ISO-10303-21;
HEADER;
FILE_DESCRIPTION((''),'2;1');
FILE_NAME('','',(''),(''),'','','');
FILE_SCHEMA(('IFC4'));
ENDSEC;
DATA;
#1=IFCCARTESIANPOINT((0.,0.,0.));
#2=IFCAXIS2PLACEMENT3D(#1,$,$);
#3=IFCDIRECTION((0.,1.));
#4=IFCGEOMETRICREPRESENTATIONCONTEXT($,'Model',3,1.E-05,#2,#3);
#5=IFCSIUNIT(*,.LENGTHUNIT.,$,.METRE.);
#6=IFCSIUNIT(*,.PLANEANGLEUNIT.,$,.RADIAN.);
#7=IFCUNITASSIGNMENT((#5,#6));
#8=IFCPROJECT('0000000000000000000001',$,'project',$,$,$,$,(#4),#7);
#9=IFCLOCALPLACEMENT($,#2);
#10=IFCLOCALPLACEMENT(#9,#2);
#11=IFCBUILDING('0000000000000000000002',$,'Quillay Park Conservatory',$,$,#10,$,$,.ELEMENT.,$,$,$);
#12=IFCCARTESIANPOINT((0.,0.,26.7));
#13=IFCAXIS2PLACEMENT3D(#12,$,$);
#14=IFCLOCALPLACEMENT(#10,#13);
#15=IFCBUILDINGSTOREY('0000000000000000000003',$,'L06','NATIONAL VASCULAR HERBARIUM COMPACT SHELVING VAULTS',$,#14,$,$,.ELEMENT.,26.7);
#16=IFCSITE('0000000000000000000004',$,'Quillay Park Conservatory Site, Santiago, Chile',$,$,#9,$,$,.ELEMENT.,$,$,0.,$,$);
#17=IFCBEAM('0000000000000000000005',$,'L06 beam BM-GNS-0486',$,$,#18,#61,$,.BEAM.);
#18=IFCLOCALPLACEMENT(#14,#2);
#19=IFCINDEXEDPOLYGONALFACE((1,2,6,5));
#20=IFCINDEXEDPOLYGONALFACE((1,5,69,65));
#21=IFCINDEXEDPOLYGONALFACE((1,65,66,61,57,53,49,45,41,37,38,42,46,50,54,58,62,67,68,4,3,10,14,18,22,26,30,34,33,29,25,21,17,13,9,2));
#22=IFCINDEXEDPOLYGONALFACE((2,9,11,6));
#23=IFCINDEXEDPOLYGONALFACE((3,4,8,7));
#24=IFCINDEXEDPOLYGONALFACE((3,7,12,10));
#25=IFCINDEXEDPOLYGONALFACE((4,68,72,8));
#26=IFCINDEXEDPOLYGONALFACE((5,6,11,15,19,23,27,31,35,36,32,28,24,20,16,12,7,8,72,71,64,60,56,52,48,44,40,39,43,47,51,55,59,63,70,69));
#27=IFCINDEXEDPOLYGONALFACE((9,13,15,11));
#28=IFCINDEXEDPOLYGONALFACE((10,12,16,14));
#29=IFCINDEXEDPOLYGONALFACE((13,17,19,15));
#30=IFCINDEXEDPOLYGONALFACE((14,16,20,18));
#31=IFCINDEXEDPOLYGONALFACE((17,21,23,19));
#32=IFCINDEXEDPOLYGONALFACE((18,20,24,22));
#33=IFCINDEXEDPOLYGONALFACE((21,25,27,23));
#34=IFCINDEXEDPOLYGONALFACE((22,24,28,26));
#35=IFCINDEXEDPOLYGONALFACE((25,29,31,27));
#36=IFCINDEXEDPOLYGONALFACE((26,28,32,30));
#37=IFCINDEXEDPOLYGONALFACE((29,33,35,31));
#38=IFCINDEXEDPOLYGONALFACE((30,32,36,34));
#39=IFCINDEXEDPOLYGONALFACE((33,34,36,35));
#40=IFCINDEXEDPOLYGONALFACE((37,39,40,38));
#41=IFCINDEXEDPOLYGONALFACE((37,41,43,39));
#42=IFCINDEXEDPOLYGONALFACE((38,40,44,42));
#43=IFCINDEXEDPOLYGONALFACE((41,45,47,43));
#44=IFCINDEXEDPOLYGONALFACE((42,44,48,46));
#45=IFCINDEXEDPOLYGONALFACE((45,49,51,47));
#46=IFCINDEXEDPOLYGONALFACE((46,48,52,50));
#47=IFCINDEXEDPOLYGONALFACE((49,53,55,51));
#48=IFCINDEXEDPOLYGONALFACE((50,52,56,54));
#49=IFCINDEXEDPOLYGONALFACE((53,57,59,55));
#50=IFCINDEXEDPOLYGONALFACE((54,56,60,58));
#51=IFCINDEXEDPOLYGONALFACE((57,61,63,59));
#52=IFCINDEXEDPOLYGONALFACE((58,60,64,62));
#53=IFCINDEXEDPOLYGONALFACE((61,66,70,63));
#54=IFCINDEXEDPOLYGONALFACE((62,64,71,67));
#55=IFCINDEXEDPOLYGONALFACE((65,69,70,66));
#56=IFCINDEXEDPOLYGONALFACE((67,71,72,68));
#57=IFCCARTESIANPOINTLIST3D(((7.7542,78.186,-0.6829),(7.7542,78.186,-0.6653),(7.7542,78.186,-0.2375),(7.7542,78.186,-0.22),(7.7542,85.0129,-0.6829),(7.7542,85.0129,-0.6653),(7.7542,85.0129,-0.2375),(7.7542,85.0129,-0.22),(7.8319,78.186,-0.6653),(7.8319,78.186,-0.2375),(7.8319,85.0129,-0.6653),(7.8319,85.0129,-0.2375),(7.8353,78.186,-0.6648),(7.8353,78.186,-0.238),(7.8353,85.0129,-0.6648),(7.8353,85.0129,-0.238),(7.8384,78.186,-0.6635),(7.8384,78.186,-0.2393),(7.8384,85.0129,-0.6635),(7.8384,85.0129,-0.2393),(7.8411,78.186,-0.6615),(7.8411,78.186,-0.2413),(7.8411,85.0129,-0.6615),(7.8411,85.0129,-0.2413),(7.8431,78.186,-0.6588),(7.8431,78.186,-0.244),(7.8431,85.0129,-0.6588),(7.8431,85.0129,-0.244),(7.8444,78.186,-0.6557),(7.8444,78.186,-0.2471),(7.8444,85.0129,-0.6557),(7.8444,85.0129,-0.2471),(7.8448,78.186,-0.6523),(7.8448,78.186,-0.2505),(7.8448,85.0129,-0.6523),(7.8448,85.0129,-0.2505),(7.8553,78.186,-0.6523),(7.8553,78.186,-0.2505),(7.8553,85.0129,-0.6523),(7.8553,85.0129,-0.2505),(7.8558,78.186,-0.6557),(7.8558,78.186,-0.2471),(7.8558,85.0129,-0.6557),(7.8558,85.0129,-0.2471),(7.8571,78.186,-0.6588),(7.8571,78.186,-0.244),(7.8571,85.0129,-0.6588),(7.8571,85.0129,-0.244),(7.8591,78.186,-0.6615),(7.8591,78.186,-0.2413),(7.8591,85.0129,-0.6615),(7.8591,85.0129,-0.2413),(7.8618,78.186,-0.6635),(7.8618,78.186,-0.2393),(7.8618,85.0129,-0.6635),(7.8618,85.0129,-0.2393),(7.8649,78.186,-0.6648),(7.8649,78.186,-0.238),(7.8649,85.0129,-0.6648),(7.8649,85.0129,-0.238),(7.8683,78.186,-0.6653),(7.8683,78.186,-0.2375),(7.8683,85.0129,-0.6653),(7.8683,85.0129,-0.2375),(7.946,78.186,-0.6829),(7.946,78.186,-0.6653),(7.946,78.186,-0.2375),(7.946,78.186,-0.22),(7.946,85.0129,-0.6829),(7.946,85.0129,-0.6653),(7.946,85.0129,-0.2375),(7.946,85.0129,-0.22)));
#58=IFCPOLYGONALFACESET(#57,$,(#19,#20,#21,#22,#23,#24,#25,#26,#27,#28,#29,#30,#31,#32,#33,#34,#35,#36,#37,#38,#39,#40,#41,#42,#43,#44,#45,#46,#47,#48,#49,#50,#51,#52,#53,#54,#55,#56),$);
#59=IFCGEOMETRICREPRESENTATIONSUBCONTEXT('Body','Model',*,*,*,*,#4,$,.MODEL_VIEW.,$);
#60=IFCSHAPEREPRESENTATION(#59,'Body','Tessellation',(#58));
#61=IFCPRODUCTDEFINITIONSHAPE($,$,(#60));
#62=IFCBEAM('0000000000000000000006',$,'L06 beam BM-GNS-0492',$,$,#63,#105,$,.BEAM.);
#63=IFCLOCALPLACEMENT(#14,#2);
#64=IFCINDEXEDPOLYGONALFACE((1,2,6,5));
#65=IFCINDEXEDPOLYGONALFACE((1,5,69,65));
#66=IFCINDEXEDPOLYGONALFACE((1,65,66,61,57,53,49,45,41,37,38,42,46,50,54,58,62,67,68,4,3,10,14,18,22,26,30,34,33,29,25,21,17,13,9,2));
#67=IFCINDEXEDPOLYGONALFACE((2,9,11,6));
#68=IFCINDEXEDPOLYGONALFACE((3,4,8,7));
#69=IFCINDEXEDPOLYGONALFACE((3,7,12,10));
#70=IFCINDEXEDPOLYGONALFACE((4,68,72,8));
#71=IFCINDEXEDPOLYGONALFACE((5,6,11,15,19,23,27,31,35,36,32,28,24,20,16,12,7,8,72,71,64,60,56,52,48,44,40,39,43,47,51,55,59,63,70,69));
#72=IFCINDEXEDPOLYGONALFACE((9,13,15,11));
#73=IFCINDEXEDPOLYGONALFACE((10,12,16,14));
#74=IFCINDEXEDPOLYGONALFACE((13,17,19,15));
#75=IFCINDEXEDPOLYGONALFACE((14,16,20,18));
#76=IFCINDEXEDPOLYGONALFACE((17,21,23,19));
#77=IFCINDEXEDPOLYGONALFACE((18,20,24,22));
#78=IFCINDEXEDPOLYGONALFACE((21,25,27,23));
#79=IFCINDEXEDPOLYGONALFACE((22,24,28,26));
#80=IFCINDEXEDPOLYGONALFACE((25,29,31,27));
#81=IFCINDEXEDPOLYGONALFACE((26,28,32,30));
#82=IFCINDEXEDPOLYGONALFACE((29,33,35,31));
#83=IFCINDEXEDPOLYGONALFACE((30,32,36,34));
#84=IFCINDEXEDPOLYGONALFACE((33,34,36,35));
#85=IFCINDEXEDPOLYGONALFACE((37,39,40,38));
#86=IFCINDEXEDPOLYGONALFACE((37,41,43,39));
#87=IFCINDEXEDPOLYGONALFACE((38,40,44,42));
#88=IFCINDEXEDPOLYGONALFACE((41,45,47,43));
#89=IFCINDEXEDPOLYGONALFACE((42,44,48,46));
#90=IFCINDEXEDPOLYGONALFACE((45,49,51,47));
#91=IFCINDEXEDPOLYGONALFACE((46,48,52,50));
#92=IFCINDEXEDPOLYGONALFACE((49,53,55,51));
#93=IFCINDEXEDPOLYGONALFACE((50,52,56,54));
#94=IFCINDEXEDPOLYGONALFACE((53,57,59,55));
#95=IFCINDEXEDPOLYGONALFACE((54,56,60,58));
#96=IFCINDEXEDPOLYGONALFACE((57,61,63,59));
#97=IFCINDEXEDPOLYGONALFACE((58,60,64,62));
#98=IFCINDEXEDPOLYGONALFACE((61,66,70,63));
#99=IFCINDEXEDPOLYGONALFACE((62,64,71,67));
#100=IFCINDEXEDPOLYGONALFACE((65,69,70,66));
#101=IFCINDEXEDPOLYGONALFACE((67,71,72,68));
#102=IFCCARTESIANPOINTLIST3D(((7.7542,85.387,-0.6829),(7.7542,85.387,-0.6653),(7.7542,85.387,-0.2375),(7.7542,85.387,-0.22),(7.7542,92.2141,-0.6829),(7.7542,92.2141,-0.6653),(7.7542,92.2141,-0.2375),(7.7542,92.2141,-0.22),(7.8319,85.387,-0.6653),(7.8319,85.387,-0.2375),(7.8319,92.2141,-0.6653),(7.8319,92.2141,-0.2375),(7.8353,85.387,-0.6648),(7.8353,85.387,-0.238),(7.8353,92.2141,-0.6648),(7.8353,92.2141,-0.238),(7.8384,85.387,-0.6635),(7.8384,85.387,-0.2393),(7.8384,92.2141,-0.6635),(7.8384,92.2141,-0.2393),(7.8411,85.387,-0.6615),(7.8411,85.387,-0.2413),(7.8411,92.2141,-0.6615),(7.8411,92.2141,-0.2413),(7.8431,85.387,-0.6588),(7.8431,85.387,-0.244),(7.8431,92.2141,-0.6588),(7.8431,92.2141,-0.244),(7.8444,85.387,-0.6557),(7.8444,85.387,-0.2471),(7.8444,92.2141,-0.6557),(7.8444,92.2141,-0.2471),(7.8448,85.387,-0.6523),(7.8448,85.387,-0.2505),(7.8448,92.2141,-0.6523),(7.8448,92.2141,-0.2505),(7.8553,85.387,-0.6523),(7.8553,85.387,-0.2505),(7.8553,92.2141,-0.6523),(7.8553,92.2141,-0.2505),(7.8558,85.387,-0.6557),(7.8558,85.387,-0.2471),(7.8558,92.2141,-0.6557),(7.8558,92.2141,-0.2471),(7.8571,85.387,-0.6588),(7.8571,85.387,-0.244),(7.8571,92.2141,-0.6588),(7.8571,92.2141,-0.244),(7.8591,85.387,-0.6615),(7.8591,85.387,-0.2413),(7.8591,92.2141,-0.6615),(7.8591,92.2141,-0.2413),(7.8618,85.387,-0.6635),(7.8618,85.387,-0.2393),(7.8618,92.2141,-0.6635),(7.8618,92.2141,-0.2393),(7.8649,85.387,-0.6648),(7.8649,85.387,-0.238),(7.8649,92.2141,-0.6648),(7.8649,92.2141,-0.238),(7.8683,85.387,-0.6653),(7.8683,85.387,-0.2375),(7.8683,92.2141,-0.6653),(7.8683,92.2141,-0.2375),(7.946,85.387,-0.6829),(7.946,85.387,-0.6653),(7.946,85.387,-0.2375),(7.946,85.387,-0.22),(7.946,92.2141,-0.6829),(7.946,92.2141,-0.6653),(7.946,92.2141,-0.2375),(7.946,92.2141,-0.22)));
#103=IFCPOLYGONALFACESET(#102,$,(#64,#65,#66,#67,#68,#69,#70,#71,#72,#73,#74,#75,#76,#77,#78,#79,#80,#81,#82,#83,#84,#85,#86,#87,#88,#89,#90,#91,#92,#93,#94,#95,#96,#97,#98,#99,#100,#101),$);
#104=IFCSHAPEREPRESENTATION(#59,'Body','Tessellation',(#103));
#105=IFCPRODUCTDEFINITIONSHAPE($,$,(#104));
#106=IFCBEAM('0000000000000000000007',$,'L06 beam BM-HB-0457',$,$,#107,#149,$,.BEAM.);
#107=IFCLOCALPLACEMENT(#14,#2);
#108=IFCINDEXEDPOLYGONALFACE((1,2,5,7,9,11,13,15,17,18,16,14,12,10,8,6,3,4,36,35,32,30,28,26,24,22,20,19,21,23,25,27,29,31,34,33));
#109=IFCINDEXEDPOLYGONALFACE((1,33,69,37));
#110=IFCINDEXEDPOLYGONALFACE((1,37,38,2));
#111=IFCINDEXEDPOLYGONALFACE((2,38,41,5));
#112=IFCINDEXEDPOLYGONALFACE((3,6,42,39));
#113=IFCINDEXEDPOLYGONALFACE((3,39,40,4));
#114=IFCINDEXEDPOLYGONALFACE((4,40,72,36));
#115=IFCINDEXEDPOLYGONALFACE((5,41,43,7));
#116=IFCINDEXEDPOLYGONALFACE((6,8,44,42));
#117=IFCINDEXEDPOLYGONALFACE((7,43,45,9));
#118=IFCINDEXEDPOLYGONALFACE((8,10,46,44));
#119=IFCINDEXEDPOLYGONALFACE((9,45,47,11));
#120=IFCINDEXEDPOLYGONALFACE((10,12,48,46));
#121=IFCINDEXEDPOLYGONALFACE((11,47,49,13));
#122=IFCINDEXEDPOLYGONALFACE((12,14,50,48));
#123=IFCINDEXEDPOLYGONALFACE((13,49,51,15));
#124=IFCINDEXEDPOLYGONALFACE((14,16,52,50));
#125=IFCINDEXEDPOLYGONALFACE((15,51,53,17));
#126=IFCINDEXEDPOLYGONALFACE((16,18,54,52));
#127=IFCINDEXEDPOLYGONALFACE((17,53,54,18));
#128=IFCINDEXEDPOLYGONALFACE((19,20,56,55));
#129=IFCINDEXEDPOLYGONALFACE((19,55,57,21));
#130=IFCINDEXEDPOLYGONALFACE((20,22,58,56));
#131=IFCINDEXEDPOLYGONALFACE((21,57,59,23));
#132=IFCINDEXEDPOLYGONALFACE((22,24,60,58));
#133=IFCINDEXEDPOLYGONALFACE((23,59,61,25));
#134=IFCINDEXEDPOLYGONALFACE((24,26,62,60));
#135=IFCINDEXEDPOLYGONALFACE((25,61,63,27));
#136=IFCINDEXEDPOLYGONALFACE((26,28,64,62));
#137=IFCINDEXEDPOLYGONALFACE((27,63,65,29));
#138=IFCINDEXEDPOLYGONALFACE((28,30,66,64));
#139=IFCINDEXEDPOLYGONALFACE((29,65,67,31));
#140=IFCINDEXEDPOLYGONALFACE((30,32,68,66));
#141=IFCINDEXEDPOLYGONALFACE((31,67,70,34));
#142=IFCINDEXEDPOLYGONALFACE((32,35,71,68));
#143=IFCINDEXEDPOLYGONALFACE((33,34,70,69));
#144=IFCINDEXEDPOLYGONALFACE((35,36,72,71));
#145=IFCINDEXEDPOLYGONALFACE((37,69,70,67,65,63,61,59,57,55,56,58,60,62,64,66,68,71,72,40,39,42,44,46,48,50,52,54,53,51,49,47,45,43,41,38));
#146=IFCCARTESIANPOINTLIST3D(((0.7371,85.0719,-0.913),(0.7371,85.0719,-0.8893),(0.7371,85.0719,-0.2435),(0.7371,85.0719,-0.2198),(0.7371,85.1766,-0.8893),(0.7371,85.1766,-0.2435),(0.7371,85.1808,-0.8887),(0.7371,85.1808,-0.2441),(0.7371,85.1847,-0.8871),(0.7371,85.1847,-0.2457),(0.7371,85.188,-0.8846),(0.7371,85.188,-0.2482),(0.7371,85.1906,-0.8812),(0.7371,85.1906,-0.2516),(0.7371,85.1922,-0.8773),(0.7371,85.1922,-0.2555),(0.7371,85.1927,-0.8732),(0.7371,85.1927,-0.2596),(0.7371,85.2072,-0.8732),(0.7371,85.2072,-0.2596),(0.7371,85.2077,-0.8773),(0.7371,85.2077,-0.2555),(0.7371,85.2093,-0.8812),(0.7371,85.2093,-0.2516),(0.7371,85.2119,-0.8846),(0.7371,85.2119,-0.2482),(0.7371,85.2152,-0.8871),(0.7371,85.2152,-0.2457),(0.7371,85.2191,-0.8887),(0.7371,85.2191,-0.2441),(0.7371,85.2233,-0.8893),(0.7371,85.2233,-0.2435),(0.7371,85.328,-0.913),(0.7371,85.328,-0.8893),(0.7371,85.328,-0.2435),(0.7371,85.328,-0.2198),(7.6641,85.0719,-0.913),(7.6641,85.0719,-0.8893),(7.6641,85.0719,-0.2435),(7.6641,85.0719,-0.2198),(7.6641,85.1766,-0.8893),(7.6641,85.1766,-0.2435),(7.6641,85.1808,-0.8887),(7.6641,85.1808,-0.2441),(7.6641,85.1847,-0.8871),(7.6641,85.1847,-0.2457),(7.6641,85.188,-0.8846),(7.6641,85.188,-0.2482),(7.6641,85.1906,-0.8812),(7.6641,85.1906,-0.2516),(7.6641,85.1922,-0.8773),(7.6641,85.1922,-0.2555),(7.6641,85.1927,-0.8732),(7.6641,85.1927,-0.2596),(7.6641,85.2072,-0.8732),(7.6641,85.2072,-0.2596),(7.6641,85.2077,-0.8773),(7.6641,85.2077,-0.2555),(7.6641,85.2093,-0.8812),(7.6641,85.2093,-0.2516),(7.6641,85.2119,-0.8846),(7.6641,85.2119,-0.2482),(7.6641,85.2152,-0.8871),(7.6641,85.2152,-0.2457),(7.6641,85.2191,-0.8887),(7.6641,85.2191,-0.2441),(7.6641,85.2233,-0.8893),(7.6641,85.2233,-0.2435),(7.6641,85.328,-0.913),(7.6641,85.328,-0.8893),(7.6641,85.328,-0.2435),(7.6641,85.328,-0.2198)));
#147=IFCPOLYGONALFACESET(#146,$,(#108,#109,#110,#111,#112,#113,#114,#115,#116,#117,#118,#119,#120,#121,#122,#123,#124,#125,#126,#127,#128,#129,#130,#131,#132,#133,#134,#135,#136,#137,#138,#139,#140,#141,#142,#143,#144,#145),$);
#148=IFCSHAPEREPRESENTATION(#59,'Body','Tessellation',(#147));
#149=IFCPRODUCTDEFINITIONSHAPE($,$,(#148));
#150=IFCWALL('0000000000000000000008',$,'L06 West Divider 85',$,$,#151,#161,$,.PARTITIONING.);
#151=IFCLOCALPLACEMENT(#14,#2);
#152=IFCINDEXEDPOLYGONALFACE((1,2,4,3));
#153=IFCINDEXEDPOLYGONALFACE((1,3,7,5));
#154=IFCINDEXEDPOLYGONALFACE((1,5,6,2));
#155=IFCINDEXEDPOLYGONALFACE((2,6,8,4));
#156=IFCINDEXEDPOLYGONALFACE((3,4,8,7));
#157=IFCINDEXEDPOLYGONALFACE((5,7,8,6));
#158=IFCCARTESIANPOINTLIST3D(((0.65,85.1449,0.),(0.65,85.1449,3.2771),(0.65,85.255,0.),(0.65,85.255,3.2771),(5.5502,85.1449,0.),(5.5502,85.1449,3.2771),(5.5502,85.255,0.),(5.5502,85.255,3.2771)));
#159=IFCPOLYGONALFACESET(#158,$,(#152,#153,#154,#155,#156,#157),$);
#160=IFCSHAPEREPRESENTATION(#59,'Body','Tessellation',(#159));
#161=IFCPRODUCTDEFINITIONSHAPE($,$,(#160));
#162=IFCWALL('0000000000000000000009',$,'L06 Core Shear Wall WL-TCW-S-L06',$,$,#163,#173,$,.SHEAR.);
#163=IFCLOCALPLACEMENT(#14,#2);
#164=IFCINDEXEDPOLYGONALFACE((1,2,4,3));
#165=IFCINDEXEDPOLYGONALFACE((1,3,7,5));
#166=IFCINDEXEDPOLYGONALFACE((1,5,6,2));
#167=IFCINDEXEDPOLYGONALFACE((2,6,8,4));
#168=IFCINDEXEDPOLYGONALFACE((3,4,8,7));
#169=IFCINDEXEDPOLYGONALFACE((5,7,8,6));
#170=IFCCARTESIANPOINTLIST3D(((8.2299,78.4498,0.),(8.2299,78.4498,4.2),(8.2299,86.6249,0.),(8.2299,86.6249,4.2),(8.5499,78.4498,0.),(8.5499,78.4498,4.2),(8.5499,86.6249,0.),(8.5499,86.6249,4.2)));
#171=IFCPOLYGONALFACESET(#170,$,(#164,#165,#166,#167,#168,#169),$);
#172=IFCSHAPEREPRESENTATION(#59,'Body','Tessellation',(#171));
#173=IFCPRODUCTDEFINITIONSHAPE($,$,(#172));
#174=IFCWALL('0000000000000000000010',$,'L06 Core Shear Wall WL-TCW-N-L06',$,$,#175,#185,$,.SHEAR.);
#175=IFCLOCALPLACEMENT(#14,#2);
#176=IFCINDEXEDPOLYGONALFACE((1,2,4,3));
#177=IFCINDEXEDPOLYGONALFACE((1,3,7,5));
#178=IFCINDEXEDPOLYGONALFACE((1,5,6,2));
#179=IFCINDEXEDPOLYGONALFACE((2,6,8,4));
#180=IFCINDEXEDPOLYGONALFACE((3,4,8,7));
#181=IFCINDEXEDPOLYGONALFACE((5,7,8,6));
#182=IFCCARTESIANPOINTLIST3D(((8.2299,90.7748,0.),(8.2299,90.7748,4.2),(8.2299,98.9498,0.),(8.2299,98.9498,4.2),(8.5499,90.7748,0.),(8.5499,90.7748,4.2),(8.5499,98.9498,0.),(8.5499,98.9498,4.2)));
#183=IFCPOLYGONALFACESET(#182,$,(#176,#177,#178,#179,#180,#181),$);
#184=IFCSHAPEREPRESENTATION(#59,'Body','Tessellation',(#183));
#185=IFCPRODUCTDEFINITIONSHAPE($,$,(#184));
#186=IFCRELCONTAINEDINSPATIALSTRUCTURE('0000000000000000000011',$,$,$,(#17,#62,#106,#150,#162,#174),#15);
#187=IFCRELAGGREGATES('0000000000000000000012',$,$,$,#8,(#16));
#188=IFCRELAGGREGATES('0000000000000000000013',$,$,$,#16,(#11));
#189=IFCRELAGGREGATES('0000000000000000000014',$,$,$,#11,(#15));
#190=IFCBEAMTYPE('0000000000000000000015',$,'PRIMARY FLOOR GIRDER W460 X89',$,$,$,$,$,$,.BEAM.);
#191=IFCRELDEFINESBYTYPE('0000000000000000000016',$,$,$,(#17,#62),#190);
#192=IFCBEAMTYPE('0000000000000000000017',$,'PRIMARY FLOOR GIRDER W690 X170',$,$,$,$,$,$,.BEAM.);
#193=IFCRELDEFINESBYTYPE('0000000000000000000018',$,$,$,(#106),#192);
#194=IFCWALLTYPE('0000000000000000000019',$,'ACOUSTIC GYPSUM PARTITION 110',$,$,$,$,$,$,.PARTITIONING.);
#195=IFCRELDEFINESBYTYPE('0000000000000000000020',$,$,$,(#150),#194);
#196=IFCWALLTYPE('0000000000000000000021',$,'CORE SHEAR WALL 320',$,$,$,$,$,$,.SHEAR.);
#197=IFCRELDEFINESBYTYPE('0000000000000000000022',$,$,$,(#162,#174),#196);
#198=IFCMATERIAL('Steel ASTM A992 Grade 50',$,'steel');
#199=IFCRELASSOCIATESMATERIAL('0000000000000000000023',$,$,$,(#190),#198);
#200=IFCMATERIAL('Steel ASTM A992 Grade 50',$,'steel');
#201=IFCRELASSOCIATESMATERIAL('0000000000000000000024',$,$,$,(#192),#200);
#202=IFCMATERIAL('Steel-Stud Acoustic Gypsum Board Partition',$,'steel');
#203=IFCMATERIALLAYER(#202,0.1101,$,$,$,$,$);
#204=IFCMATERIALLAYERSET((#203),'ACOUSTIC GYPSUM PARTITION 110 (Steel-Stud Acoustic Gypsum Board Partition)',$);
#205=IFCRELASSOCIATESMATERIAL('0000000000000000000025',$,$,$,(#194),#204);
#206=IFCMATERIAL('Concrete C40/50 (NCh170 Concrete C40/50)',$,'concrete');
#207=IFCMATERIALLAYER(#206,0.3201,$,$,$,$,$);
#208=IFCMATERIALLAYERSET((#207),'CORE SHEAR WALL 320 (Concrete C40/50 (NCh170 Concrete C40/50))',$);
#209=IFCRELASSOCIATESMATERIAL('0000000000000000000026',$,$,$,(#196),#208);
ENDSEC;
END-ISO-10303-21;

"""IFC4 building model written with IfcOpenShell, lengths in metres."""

from ifc_helpers import new_model, si_unit, direction, frame, frame_2d, origin, origin_2d, place, context, subcontext, project, spatial, rectangle, i_section, extrude, material, layer, layer_set, material_profile, profile_set, type_object, element, save


model = new_model("IFC4")

# Units and contexts
model_context = context("Model", 3, precision=1e-05, world=origin(), true_north=direction((0.0, 1.0)))
body_context = subcontext(model_context, "Body", "Model", "MODEL_VIEW")
ifc_project = project(units=[si_unit("LENGTHUNIT", "METRE"), si_unit("PLANEANGLEUNIT", "RADIAN")], contexts=[model_context])

# Site, building, storey
site_placement = place(None, origin())
site = spatial("IfcSite", under=ifc_project, at=site_placement, Name="Quillay Park Conservatory Site, Santiago, Chile", CompositionType="ELEMENT", RefElevation=0.0)
building_placement = place(site_placement, origin())
building = spatial("IfcBuilding", under=site, at=building_placement, Name="Quillay Park Conservatory", CompositionType="ELEMENT")
storey_placement = place(building_placement, frame((0.0, 0.0, 26.7)))
storey = spatial("IfcBuildingStorey", under=building, at=storey_placement, Name="L06", Description="NATIONAL VASCULAR HERBARIUM COMPACT SHELVING VAULTS", CompositionType="ELEMENT", Elevation=26.7)

# Beams
ifc_material_1 = material(Name="Steel ASTM A992 Grade 50", Category="steel")
ifc_material_profile_1 = material_profile(ifc_material_1, i_section(OverallWidth=0.1919, OverallDepth=0.4629, WebThickness=0.0105, FlangeThickness=0.0176, FilletRadius=0.0129, at=origin_2d()), Name="W460x89")
ifc_profile_set_1 = profile_set([ifc_material_profile_1], Name="Steel ASTM A992 Grade 50")
beam_type_1 = type_object("IfcBeamType", Name="PRIMARY FLOOR GIRDER W460 X89", PredefinedType="BEAM", material=ifc_profile_set_1)
beam_1_placement = place(storey_placement, frame((7.8501, 78.186, -0.4514), z_axis=(0.0, 1.0, 0.0), x_axis=(-1.0, 0.0, 0.0)))
element("IfcBeam", 1, at=beam_1_placement, inside=storey, type_object=beam_type_1, Name="L06 beam BM-GNS-0486", PredefinedType="BEAM", context=body_context, shape_type="SweptSolid", body=[
    extrude(i_section(OverallWidth=0.1919, OverallDepth=0.4629, WebThickness=0.0105, FlangeThickness=0.0176, FilletRadius=0.0129, at=origin_2d()), origin(), (0.0, 0.0, 1.0), 6.8269),
])
beam_2_placement = place(storey_placement, frame((7.8501, 85.387, -0.4514), z_axis=(0.0, 1.0, 0.0), x_axis=(-1.0, 0.0, 0.0)))
element("IfcBeam", 2, at=beam_2_placement, inside=storey, type_object=beam_type_1, Name="L06 beam BM-GNS-0492", PredefinedType="BEAM", context=body_context, shape_type="SweptSolid", body=[
    extrude(i_section(OverallWidth=0.1919, OverallDepth=0.4629, WebThickness=0.0105, FlangeThickness=0.0176, FilletRadius=0.0129, at=origin_2d()), origin(), (0.0, 0.0, 1.0), 6.8271),
])
ifc_material_2 = material(Name="Steel ASTM A992 Grade 50", Category="steel")
ifc_material_profile_2 = material_profile(ifc_material_2, i_section(OverallWidth=0.2561, OverallDepth=0.6931, WebThickness=0.0144, FlangeThickness=0.0237, FilletRadius=0.0161, at=origin_2d()), Name="W690x170")
ifc_profile_set_2 = profile_set([ifc_material_profile_2], Name="Steel ASTM A992 Grade 50")
beam_type_2 = type_object("IfcBeamType", Name="PRIMARY FLOOR GIRDER W690 X170", PredefinedType="BEAM", material=ifc_profile_set_2)
beam_3_placement = place(storey_placement, frame((0.7371, 85.2, -0.5664), z_axis=(1.0, 0.0, 0.0), x_axis=(0.0, 1.0, 0.0)))
element("IfcBeam", 3, at=beam_3_placement, inside=storey, type_object=beam_type_2, Name="L06 beam BM-HB-0457", PredefinedType="BEAM", context=body_context, shape_type="SweptSolid", body=[
    extrude(i_section(OverallWidth=0.2561, OverallDepth=0.6931, WebThickness=0.0144, FlangeThickness=0.0237, FilletRadius=0.0161, at=origin_2d()), origin(), (0.0, 0.0, 1.0), 6.927),
])

# Wall
ifc_material_3 = material(Name="Steel-Stud Acoustic Gypsum Board Partition", Category="steel")
ifc_layer_1 = layer(ifc_material_3, 0.1101)
ifc_layer_set_1 = layer_set([ifc_layer_1], Name="ACOUSTIC GYPSUM PARTITION 110 (Steel-Stud Acoustic Gypsum Board Partition)")
wall_type_1 = type_object("IfcWallType", Name="ACOUSTIC GYPSUM PARTITION 110", PredefinedType="PARTITIONING", material=ifc_layer_set_1)
wall_1_placement = place(storey_placement, frame((0.6499, 85.2, 0.0), z_axis=(0.0, 0.0, 1.0), x_axis=(1.0, 0.0, 0.0)))
element("IfcWall", 4, at=wall_1_placement, inside=storey, type_object=wall_type_1, Name="L06 West Divider 85", PredefinedType="PARTITIONING", context=body_context, shape_type="SweptSolid", body=[
    extrude(rectangle(XDim=4.9001, YDim=0.1101, at=frame_2d((2.4502, 0.0))), origin(), (0.0, 0.0, 1.0), 3.2771),
])

# Walls
ifc_material_4 = material(Name="Concrete C40/50 (NCh170 Concrete C40/50)", Category="concrete")
ifc_layer_2 = layer(ifc_material_4, 0.3201)
ifc_layer_set_2 = layer_set([ifc_layer_2], Name="CORE SHEAR WALL 320 (Concrete C40/50 (NCh170 Concrete C40/50))")
wall_type_2 = type_object("IfcWallType", Name="CORE SHEAR WALL 320", PredefinedType="SHEAR", material=ifc_layer_set_2)
for number, where, z_axis, x_axis, name in (
    (5, (8.3899, 78.45, 0.0), (0.0, 0.0, 1.0), (0.0, 1.0, 0.0), "L06 Core Shear Wall WL-TCW-S-L06"),
    (6, (8.3899, 90.7749, 0.0), (0.0, 0.0, 1.0), (0.0, 1.0, 0.0), "L06 Core Shear Wall WL-TCW-N-L06"),
):
    element("IfcWall", number, at=place(storey_placement, frame(where, z_axis=z_axis, x_axis=x_axis)), inside=storey, type_object=wall_type_2, Name=name, PredefinedType="SHEAR", context=body_context, shape_type="SweptSolid", body=[
        extrude(rectangle(XDim=8.175, YDim=0.3201, at=frame_2d((4.0874, 0.0))), origin(), (0.0, 0.0, 1.0), 4.2),
    ])

save(model, "model.ifc")
